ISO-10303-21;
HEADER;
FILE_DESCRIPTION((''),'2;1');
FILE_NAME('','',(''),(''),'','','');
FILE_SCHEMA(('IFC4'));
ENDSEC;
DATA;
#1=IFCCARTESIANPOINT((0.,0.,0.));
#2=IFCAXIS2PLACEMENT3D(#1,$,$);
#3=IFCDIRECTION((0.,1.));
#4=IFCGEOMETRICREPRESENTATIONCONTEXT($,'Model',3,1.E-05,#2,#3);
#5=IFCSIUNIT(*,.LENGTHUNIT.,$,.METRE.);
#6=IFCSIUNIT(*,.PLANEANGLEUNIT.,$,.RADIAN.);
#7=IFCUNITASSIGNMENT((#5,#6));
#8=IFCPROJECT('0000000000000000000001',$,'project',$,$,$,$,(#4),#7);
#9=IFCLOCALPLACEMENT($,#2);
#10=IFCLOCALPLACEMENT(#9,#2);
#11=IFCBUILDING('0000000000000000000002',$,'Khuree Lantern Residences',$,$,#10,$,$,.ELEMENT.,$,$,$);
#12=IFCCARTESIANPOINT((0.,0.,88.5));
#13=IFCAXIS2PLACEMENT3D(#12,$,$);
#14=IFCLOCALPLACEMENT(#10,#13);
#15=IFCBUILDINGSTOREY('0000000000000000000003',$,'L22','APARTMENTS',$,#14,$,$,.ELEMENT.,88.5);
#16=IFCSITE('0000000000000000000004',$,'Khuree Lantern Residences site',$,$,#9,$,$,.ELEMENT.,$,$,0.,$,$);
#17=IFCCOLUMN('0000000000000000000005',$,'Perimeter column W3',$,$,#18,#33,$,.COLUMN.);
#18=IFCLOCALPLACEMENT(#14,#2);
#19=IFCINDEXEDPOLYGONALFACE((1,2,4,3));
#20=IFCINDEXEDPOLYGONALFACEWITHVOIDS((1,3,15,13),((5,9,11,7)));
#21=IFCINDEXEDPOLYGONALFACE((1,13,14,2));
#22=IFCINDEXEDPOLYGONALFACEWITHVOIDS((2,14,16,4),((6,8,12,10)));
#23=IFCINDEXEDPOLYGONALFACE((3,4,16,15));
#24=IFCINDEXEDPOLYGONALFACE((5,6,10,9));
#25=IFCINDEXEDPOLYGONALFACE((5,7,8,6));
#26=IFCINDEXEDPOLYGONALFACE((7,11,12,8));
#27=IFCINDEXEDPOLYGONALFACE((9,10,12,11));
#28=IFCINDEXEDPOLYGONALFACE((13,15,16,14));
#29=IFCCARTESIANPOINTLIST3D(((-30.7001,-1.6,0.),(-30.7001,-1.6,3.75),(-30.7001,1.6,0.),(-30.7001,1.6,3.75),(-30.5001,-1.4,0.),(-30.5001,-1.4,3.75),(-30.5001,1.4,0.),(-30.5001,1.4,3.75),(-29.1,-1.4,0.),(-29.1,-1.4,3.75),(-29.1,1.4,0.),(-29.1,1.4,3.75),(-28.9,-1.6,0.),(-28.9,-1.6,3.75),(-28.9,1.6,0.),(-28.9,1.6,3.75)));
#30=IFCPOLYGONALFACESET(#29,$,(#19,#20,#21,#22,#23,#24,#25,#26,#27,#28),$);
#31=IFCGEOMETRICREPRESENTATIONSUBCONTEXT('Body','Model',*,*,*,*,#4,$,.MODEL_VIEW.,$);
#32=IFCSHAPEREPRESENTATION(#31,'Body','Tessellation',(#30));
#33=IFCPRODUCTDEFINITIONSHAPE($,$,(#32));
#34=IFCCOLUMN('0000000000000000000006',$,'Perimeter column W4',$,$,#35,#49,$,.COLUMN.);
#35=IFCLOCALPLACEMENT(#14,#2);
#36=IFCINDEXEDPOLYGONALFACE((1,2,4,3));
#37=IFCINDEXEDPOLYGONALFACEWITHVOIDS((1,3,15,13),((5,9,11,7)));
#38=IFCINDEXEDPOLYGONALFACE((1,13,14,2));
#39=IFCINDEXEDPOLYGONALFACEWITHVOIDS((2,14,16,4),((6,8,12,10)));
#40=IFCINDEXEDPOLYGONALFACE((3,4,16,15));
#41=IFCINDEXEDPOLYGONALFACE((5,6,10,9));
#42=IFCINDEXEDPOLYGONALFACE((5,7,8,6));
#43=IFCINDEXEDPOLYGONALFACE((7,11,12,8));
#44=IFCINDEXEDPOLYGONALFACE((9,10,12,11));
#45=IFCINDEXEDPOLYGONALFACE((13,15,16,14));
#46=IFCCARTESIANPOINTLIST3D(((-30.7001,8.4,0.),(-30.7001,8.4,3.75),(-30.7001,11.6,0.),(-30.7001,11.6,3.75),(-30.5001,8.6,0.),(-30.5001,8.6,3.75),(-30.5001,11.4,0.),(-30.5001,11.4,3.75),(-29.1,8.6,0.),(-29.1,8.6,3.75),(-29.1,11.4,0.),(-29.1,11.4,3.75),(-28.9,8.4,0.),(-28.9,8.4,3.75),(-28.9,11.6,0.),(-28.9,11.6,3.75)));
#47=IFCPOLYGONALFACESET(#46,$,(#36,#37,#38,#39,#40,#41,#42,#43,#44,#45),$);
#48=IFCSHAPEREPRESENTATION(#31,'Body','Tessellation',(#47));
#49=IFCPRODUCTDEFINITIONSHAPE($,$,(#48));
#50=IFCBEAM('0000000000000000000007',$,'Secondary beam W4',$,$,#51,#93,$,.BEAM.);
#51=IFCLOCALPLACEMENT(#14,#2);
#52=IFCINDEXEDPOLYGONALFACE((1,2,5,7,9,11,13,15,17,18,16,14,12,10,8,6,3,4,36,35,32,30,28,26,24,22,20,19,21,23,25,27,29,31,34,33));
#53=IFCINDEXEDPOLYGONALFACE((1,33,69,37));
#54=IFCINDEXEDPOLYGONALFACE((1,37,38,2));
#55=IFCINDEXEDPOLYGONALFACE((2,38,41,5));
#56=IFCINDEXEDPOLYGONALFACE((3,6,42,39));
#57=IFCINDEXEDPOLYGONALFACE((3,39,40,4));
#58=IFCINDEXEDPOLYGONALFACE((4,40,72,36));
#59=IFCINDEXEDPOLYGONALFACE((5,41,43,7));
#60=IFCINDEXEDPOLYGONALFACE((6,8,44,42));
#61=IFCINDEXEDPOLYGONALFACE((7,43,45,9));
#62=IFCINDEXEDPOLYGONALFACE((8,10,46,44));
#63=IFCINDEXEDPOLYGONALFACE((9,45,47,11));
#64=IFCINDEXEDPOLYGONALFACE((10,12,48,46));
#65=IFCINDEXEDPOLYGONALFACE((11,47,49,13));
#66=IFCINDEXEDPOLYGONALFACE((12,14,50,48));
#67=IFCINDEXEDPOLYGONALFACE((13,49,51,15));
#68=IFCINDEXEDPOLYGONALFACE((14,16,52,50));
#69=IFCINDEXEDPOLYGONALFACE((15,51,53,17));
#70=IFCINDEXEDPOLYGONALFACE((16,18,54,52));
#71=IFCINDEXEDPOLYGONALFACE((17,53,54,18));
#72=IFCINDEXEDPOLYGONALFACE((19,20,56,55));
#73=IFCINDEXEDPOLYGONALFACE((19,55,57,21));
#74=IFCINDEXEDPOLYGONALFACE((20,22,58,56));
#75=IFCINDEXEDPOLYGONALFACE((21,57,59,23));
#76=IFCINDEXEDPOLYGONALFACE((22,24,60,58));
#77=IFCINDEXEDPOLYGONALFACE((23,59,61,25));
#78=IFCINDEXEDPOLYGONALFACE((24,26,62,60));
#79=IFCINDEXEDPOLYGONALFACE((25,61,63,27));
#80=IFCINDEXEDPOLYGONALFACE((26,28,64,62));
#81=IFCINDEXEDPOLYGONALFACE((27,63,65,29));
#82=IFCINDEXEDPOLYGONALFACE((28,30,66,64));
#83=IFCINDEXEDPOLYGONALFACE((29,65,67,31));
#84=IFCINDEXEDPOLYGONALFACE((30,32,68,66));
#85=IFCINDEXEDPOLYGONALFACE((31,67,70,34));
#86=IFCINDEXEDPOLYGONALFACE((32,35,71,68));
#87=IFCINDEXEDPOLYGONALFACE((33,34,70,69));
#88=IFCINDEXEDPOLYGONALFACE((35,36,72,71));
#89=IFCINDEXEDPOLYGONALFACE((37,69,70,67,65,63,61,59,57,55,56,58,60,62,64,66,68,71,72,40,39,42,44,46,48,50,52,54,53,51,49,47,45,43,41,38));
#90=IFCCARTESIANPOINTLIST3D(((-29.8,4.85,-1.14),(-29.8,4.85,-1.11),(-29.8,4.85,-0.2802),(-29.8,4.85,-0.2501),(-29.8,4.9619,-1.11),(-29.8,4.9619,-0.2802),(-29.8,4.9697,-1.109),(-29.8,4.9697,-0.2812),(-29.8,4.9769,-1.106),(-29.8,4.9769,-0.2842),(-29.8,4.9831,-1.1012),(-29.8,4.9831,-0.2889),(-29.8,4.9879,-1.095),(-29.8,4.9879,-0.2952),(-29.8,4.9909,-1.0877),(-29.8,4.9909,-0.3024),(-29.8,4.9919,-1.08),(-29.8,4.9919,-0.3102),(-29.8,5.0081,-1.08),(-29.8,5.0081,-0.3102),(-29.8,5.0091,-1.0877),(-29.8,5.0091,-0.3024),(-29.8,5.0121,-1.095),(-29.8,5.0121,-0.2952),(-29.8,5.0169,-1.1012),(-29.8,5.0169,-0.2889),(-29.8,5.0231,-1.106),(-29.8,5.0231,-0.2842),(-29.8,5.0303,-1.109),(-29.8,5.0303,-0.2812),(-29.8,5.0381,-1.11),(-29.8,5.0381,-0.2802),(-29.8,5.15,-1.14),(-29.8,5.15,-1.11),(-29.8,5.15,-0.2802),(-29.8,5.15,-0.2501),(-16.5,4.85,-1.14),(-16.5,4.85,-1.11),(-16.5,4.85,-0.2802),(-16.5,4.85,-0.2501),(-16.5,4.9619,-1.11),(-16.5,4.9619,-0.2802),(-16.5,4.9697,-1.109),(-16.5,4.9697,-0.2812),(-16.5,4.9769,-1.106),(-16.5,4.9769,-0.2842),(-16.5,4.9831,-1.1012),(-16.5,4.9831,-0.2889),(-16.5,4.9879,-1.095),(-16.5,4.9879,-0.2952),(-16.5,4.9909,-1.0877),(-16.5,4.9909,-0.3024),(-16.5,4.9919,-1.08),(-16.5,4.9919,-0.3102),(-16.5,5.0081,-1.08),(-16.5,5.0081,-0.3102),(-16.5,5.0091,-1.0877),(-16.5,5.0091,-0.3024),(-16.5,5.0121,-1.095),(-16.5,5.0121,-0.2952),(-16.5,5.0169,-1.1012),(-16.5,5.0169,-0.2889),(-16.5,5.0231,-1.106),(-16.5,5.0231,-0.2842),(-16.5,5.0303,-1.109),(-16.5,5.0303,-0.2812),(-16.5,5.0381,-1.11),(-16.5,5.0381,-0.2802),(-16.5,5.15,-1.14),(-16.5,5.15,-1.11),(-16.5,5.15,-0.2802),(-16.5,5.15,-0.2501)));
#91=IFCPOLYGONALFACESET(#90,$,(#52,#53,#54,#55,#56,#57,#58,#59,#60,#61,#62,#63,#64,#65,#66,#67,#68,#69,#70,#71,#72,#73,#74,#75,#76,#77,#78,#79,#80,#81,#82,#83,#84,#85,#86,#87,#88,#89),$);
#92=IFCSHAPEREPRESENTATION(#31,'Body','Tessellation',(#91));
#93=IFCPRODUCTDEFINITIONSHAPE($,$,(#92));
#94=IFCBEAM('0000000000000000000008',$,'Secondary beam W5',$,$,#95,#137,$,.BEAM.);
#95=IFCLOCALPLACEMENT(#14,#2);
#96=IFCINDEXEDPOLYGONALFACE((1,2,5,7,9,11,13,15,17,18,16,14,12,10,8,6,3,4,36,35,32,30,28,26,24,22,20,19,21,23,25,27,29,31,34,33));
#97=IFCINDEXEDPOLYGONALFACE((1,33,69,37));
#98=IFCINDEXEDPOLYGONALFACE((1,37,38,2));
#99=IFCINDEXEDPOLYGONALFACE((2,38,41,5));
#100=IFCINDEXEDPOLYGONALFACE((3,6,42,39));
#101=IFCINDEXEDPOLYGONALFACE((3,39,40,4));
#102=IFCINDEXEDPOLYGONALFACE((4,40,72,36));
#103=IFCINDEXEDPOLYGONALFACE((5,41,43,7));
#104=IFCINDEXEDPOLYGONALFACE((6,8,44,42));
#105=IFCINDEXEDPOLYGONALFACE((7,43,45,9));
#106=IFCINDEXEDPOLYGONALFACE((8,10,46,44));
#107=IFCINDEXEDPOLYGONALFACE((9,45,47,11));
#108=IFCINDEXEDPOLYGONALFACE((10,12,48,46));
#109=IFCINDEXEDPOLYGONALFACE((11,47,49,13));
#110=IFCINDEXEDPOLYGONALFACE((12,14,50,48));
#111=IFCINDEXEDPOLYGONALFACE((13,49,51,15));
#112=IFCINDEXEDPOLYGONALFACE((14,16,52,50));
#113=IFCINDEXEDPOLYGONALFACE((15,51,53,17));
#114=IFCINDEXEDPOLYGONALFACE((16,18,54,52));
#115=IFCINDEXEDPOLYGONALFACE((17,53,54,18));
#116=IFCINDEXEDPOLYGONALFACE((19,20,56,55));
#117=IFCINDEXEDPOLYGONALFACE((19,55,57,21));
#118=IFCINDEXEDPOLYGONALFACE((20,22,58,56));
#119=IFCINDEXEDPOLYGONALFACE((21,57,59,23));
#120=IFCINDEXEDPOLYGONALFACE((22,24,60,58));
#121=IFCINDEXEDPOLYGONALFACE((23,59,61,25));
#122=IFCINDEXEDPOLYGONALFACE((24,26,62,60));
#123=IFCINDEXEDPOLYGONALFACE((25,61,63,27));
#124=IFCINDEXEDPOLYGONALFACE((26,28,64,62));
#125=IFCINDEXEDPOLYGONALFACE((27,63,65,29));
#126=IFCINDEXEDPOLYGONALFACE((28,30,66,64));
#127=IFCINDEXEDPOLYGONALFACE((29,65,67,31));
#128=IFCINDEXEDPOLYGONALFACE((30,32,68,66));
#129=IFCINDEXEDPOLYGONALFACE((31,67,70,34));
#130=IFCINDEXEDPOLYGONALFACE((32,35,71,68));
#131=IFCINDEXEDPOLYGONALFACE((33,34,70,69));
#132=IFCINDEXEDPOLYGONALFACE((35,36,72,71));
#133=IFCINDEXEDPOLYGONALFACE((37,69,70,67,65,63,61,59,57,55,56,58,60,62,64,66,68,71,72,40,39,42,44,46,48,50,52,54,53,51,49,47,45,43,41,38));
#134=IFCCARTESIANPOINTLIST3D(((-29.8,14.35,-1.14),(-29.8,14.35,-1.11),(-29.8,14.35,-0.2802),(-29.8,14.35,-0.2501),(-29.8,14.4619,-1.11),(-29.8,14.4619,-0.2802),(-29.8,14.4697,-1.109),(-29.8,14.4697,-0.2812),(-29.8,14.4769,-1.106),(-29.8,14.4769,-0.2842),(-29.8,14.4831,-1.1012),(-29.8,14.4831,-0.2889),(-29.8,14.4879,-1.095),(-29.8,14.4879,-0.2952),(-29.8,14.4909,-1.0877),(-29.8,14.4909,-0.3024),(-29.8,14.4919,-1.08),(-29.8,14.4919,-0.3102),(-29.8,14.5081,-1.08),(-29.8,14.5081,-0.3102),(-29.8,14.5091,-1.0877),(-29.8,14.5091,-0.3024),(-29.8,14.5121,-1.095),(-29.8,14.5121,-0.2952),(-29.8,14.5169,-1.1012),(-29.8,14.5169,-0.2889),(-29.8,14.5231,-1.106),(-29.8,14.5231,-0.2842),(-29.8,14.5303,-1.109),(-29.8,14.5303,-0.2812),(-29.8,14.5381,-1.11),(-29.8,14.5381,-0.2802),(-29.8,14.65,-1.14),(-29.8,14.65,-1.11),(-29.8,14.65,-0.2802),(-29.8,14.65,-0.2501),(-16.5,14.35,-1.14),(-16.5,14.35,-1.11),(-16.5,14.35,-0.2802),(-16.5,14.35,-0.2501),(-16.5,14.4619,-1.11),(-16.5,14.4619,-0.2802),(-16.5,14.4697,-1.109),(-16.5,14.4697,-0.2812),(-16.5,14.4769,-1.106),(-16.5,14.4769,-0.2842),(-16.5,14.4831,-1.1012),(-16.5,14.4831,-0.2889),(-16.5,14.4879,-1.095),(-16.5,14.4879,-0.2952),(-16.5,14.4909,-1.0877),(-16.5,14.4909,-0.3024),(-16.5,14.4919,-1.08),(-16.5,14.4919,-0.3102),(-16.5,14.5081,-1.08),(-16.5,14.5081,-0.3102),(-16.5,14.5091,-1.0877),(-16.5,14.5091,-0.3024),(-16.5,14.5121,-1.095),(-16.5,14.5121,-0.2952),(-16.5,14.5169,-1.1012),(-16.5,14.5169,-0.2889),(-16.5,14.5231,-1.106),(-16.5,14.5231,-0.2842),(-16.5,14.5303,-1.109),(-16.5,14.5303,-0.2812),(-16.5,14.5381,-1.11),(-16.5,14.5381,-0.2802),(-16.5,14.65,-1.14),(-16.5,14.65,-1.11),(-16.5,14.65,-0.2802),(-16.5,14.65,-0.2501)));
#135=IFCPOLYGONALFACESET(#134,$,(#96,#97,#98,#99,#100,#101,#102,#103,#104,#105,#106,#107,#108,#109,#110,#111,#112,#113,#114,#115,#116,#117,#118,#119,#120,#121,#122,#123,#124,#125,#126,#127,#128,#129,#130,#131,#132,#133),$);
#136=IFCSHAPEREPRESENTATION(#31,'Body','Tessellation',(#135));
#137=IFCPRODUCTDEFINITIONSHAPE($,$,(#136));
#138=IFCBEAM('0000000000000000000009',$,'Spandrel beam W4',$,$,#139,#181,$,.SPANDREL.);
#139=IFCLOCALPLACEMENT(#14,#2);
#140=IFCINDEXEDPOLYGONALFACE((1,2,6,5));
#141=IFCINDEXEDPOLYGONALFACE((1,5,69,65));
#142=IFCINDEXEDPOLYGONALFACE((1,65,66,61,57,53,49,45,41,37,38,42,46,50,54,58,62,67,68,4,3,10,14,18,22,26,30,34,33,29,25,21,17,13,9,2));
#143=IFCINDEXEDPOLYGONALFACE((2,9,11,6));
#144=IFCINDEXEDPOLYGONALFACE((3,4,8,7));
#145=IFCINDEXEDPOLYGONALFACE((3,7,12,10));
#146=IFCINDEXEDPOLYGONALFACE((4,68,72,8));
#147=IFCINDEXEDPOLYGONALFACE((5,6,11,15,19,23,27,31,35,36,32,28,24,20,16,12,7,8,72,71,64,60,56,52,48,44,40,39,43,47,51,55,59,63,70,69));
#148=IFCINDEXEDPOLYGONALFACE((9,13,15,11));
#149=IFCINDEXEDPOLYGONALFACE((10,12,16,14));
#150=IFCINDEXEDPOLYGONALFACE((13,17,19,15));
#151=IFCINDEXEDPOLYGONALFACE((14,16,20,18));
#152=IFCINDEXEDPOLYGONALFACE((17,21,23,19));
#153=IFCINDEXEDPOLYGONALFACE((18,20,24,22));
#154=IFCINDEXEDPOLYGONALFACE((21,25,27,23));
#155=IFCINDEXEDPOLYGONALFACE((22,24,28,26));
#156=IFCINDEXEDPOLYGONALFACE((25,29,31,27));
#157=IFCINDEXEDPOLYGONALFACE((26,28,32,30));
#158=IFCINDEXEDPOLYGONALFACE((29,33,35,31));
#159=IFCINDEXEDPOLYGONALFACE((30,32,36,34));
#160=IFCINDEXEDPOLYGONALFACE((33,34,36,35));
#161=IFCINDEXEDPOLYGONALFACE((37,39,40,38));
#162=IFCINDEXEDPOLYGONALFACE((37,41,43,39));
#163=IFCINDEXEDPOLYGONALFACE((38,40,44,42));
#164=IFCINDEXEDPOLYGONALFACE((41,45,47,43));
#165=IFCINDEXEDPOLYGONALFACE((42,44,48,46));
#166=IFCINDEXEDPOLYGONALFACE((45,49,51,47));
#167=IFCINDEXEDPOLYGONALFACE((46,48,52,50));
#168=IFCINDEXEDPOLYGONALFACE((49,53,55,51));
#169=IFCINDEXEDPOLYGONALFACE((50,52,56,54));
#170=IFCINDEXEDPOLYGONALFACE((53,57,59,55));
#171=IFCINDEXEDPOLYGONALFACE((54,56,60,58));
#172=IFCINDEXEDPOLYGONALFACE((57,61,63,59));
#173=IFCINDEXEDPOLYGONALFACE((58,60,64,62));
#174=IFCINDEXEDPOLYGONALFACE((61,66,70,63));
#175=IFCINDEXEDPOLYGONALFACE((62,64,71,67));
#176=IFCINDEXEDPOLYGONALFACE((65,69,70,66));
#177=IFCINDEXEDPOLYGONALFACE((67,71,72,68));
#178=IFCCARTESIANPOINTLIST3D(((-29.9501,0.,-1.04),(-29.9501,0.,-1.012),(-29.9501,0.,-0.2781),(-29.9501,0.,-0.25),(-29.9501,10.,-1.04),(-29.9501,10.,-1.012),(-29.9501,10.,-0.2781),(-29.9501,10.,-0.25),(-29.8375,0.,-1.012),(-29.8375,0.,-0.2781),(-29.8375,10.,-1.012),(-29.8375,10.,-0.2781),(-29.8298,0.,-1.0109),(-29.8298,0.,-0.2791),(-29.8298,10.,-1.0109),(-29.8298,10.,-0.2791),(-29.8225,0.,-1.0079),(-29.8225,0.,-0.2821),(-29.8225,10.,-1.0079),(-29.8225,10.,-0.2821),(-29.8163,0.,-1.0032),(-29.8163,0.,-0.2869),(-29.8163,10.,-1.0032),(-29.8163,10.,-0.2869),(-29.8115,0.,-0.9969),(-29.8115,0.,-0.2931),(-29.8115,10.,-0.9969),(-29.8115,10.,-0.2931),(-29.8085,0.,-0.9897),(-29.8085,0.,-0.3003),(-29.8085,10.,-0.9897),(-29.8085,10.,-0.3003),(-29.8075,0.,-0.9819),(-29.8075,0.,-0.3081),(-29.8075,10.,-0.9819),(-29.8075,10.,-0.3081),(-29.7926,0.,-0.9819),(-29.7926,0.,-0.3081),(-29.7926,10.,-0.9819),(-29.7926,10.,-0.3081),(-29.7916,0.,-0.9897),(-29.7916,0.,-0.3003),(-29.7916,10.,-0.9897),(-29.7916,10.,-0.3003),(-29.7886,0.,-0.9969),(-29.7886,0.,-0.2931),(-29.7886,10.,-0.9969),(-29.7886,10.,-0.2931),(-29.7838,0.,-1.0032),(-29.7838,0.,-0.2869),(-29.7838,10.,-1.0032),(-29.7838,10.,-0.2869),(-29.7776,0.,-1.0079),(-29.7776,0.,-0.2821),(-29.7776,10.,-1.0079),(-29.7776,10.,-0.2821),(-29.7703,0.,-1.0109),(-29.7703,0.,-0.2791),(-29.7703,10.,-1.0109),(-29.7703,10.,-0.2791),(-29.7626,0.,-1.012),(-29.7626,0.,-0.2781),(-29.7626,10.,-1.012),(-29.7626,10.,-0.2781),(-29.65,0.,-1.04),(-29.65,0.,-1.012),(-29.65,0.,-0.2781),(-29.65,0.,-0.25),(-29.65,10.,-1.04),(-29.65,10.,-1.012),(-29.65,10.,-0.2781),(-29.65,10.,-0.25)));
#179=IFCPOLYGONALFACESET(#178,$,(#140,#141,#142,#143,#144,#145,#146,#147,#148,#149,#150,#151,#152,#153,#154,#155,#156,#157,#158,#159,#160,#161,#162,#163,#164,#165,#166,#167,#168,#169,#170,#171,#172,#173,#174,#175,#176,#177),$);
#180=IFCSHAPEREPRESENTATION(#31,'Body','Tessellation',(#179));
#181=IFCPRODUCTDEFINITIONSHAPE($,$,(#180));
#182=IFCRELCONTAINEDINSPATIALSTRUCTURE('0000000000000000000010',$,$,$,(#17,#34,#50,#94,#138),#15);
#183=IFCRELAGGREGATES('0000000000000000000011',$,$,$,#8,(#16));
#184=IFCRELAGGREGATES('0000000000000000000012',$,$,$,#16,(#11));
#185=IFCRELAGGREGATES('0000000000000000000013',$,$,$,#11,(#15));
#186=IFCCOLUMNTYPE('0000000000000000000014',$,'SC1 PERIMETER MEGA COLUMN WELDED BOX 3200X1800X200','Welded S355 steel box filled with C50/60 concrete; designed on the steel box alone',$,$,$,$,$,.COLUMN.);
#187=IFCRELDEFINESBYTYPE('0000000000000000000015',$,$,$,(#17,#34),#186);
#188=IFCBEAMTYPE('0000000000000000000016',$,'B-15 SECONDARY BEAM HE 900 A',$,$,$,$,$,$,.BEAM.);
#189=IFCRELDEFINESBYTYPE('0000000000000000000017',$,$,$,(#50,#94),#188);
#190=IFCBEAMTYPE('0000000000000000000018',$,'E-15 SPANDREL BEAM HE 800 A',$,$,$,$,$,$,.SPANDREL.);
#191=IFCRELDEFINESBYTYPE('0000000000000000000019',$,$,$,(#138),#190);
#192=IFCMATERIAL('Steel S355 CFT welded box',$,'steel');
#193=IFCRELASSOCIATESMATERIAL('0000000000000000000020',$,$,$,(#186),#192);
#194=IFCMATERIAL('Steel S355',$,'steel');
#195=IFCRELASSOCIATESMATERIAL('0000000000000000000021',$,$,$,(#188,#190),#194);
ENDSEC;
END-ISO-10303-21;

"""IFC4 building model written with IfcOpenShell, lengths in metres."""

from ifc_helpers import new_model, si_unit, direction, frame, origin, origin_2d, place, context, subcontext, project, spatial, hollow_rectangle, i_section, extrude, material, material_profile, profile_set, type_object, element, save


model = new_model("IFC4")

# Units and contexts
model_context = context("Model", 3, precision=1e-05, world=origin(), true_north=direction((0.0, 1.0)))
body_context = subcontext(model_context, "Body", "Model", "MODEL_VIEW")
ifc_project = project(units=[si_unit("LENGTHUNIT", "METRE"), si_unit("PLANEANGLEUNIT", "RADIAN")], contexts=[model_context])

# Site, building, storey
site_placement = place(None, origin())
site = spatial("IfcSite", under=ifc_project, at=site_placement, Name="Khuree Lantern Residences site", CompositionType="ELEMENT", RefElevation=0.0)
building_placement = place(site_placement, origin())
building = spatial("IfcBuilding", under=site, at=building_placement, Name="Khuree Lantern Residences", CompositionType="ELEMENT")
storey_placement = place(building_placement, frame((0.0, 0.0, 88.5)))
storey = spatial("IfcBuildingStorey", under=building, at=storey_placement, Name="L22", Description="APARTMENTS", CompositionType="ELEMENT", Elevation=88.5)

# Columns
ifc_material_1 = material(Name="Steel S355 CFT welded box", Category="steel")
ifc_material_profile_1 = material_profile(ifc_material_1, hollow_rectangle(XDim=3.2, YDim=1.8, WallThickness=0.2, at=origin_2d()), Name="WELDED BOX 3200X1800X200")
ifc_profile_set_1 = profile_set([ifc_material_profile_1], Name="Steel S355 CFT welded box")
column_type = type_object("IfcColumnType", Name="SC1 PERIMETER MEGA COLUMN WELDED BOX 3200X1800X200", Description="Welded S355 steel box filled with C50/60 concrete; designed on the steel box alone", PredefinedType="COLUMN", material=ifc_profile_set_1)
for number, where, z_axis, x_axis, name in (
    (1, (-29.8, 0.0, 0.0), (0.0, 0.0, 1.0), (0.0, 1.0, 0.0), "Perimeter column W3"),
    (2, (-29.8, 10.0, 0.0), (0.0, 0.0, 1.0), (0.0, 1.0, 0.0), "Perimeter column W4"),
):
    element("IfcColumn", number, at=place(storey_placement, frame(where, z_axis=z_axis, x_axis=x_axis)), inside=storey, type_object=column_type, Name=name, PredefinedType="COLUMN", context=body_context, shape_type="SweptSolid", body=[
        extrude(hollow_rectangle(XDim=3.2, YDim=1.8, WallThickness=0.2, at=origin_2d()), origin(), (0.0, 0.0, 1.0), 3.75),
    ])

# Beams
ifc_material_2 = material(Name="Steel S355", Category="steel")
ifc_material_profile_2 = material_profile(ifc_material_2, i_section(OverallWidth=0.3, OverallDepth=0.8899, WebThickness=0.0161, FlangeThickness=0.03, FilletRadius=0.03, at=origin_2d()), Name="HE 900 A")
ifc_profile_set_2 = profile_set([ifc_material_profile_2], Name="Steel S355")
beam_type_1 = type_object("IfcBeamType", Name="B-15 SECONDARY BEAM HE 900 A", PredefinedType="BEAM", material=ifc_profile_set_2)
for number, where, z_axis, x_axis, name in (
    (3, (-29.8, 5.0, -0.6951), (1.0, 0.0, 0.0), (0.0, 1.0, 0.0), "Secondary beam W4"),
    (4, (-29.8, 14.5, -0.6951), (1.0, 0.0, 0.0), (0.0, 1.0, 0.0), "Secondary beam W5"),
):
    element("IfcBeam", number, at=place(storey_placement, frame(where, z_axis=z_axis, x_axis=x_axis)), inside=storey, type_object=beam_type_1, Name=name, PredefinedType="BEAM", context=body_context, shape_type="SweptSolid", body=[
        extrude(i_section(OverallWidth=0.3, OverallDepth=0.8899, WebThickness=0.0161, FlangeThickness=0.03, FilletRadius=0.03, at=origin_2d()), origin(), (0.0, 0.0, 1.0), 13.3),
    ])
ifc_material_profile_3 = material_profile(ifc_material_2, i_section(OverallWidth=0.3, OverallDepth=0.79, WebThickness=0.0149, FlangeThickness=0.0281, FilletRadius=0.03, at=origin_2d()), Name="HE 800 A")
ifc_profile_set_3 = profile_set([ifc_material_profile_3], Name="Steel S355")
beam_type_2 = type_object("IfcBeamType", Name="E-15 SPANDREL BEAM HE 800 A", PredefinedType="SPANDREL", material=ifc_profile_set_3)
for number, where, z_axis, x_axis, name in (
    (5, (-29.8, 0.0, -0.645), (0.0, 1.0, 0.0), (-1.0, 0.0, 0.0), "Spandrel beam W4"),
):
    element("IfcBeam", number, at=place(storey_placement, frame(where, z_axis=z_axis, x_axis=x_axis)), inside=storey, type_object=beam_type_2, Name=name, PredefinedType="SPANDREL", context=body_context, shape_type="SweptSolid", body=[
        extrude(i_section(OverallWidth=0.3, OverallDepth=0.79, WebThickness=0.0149, FlangeThickness=0.0281, FilletRadius=0.03, at=origin_2d()), origin(), (0.0, 0.0, 1.0), 10.0),
    ])

save(model, "model.ifc")
